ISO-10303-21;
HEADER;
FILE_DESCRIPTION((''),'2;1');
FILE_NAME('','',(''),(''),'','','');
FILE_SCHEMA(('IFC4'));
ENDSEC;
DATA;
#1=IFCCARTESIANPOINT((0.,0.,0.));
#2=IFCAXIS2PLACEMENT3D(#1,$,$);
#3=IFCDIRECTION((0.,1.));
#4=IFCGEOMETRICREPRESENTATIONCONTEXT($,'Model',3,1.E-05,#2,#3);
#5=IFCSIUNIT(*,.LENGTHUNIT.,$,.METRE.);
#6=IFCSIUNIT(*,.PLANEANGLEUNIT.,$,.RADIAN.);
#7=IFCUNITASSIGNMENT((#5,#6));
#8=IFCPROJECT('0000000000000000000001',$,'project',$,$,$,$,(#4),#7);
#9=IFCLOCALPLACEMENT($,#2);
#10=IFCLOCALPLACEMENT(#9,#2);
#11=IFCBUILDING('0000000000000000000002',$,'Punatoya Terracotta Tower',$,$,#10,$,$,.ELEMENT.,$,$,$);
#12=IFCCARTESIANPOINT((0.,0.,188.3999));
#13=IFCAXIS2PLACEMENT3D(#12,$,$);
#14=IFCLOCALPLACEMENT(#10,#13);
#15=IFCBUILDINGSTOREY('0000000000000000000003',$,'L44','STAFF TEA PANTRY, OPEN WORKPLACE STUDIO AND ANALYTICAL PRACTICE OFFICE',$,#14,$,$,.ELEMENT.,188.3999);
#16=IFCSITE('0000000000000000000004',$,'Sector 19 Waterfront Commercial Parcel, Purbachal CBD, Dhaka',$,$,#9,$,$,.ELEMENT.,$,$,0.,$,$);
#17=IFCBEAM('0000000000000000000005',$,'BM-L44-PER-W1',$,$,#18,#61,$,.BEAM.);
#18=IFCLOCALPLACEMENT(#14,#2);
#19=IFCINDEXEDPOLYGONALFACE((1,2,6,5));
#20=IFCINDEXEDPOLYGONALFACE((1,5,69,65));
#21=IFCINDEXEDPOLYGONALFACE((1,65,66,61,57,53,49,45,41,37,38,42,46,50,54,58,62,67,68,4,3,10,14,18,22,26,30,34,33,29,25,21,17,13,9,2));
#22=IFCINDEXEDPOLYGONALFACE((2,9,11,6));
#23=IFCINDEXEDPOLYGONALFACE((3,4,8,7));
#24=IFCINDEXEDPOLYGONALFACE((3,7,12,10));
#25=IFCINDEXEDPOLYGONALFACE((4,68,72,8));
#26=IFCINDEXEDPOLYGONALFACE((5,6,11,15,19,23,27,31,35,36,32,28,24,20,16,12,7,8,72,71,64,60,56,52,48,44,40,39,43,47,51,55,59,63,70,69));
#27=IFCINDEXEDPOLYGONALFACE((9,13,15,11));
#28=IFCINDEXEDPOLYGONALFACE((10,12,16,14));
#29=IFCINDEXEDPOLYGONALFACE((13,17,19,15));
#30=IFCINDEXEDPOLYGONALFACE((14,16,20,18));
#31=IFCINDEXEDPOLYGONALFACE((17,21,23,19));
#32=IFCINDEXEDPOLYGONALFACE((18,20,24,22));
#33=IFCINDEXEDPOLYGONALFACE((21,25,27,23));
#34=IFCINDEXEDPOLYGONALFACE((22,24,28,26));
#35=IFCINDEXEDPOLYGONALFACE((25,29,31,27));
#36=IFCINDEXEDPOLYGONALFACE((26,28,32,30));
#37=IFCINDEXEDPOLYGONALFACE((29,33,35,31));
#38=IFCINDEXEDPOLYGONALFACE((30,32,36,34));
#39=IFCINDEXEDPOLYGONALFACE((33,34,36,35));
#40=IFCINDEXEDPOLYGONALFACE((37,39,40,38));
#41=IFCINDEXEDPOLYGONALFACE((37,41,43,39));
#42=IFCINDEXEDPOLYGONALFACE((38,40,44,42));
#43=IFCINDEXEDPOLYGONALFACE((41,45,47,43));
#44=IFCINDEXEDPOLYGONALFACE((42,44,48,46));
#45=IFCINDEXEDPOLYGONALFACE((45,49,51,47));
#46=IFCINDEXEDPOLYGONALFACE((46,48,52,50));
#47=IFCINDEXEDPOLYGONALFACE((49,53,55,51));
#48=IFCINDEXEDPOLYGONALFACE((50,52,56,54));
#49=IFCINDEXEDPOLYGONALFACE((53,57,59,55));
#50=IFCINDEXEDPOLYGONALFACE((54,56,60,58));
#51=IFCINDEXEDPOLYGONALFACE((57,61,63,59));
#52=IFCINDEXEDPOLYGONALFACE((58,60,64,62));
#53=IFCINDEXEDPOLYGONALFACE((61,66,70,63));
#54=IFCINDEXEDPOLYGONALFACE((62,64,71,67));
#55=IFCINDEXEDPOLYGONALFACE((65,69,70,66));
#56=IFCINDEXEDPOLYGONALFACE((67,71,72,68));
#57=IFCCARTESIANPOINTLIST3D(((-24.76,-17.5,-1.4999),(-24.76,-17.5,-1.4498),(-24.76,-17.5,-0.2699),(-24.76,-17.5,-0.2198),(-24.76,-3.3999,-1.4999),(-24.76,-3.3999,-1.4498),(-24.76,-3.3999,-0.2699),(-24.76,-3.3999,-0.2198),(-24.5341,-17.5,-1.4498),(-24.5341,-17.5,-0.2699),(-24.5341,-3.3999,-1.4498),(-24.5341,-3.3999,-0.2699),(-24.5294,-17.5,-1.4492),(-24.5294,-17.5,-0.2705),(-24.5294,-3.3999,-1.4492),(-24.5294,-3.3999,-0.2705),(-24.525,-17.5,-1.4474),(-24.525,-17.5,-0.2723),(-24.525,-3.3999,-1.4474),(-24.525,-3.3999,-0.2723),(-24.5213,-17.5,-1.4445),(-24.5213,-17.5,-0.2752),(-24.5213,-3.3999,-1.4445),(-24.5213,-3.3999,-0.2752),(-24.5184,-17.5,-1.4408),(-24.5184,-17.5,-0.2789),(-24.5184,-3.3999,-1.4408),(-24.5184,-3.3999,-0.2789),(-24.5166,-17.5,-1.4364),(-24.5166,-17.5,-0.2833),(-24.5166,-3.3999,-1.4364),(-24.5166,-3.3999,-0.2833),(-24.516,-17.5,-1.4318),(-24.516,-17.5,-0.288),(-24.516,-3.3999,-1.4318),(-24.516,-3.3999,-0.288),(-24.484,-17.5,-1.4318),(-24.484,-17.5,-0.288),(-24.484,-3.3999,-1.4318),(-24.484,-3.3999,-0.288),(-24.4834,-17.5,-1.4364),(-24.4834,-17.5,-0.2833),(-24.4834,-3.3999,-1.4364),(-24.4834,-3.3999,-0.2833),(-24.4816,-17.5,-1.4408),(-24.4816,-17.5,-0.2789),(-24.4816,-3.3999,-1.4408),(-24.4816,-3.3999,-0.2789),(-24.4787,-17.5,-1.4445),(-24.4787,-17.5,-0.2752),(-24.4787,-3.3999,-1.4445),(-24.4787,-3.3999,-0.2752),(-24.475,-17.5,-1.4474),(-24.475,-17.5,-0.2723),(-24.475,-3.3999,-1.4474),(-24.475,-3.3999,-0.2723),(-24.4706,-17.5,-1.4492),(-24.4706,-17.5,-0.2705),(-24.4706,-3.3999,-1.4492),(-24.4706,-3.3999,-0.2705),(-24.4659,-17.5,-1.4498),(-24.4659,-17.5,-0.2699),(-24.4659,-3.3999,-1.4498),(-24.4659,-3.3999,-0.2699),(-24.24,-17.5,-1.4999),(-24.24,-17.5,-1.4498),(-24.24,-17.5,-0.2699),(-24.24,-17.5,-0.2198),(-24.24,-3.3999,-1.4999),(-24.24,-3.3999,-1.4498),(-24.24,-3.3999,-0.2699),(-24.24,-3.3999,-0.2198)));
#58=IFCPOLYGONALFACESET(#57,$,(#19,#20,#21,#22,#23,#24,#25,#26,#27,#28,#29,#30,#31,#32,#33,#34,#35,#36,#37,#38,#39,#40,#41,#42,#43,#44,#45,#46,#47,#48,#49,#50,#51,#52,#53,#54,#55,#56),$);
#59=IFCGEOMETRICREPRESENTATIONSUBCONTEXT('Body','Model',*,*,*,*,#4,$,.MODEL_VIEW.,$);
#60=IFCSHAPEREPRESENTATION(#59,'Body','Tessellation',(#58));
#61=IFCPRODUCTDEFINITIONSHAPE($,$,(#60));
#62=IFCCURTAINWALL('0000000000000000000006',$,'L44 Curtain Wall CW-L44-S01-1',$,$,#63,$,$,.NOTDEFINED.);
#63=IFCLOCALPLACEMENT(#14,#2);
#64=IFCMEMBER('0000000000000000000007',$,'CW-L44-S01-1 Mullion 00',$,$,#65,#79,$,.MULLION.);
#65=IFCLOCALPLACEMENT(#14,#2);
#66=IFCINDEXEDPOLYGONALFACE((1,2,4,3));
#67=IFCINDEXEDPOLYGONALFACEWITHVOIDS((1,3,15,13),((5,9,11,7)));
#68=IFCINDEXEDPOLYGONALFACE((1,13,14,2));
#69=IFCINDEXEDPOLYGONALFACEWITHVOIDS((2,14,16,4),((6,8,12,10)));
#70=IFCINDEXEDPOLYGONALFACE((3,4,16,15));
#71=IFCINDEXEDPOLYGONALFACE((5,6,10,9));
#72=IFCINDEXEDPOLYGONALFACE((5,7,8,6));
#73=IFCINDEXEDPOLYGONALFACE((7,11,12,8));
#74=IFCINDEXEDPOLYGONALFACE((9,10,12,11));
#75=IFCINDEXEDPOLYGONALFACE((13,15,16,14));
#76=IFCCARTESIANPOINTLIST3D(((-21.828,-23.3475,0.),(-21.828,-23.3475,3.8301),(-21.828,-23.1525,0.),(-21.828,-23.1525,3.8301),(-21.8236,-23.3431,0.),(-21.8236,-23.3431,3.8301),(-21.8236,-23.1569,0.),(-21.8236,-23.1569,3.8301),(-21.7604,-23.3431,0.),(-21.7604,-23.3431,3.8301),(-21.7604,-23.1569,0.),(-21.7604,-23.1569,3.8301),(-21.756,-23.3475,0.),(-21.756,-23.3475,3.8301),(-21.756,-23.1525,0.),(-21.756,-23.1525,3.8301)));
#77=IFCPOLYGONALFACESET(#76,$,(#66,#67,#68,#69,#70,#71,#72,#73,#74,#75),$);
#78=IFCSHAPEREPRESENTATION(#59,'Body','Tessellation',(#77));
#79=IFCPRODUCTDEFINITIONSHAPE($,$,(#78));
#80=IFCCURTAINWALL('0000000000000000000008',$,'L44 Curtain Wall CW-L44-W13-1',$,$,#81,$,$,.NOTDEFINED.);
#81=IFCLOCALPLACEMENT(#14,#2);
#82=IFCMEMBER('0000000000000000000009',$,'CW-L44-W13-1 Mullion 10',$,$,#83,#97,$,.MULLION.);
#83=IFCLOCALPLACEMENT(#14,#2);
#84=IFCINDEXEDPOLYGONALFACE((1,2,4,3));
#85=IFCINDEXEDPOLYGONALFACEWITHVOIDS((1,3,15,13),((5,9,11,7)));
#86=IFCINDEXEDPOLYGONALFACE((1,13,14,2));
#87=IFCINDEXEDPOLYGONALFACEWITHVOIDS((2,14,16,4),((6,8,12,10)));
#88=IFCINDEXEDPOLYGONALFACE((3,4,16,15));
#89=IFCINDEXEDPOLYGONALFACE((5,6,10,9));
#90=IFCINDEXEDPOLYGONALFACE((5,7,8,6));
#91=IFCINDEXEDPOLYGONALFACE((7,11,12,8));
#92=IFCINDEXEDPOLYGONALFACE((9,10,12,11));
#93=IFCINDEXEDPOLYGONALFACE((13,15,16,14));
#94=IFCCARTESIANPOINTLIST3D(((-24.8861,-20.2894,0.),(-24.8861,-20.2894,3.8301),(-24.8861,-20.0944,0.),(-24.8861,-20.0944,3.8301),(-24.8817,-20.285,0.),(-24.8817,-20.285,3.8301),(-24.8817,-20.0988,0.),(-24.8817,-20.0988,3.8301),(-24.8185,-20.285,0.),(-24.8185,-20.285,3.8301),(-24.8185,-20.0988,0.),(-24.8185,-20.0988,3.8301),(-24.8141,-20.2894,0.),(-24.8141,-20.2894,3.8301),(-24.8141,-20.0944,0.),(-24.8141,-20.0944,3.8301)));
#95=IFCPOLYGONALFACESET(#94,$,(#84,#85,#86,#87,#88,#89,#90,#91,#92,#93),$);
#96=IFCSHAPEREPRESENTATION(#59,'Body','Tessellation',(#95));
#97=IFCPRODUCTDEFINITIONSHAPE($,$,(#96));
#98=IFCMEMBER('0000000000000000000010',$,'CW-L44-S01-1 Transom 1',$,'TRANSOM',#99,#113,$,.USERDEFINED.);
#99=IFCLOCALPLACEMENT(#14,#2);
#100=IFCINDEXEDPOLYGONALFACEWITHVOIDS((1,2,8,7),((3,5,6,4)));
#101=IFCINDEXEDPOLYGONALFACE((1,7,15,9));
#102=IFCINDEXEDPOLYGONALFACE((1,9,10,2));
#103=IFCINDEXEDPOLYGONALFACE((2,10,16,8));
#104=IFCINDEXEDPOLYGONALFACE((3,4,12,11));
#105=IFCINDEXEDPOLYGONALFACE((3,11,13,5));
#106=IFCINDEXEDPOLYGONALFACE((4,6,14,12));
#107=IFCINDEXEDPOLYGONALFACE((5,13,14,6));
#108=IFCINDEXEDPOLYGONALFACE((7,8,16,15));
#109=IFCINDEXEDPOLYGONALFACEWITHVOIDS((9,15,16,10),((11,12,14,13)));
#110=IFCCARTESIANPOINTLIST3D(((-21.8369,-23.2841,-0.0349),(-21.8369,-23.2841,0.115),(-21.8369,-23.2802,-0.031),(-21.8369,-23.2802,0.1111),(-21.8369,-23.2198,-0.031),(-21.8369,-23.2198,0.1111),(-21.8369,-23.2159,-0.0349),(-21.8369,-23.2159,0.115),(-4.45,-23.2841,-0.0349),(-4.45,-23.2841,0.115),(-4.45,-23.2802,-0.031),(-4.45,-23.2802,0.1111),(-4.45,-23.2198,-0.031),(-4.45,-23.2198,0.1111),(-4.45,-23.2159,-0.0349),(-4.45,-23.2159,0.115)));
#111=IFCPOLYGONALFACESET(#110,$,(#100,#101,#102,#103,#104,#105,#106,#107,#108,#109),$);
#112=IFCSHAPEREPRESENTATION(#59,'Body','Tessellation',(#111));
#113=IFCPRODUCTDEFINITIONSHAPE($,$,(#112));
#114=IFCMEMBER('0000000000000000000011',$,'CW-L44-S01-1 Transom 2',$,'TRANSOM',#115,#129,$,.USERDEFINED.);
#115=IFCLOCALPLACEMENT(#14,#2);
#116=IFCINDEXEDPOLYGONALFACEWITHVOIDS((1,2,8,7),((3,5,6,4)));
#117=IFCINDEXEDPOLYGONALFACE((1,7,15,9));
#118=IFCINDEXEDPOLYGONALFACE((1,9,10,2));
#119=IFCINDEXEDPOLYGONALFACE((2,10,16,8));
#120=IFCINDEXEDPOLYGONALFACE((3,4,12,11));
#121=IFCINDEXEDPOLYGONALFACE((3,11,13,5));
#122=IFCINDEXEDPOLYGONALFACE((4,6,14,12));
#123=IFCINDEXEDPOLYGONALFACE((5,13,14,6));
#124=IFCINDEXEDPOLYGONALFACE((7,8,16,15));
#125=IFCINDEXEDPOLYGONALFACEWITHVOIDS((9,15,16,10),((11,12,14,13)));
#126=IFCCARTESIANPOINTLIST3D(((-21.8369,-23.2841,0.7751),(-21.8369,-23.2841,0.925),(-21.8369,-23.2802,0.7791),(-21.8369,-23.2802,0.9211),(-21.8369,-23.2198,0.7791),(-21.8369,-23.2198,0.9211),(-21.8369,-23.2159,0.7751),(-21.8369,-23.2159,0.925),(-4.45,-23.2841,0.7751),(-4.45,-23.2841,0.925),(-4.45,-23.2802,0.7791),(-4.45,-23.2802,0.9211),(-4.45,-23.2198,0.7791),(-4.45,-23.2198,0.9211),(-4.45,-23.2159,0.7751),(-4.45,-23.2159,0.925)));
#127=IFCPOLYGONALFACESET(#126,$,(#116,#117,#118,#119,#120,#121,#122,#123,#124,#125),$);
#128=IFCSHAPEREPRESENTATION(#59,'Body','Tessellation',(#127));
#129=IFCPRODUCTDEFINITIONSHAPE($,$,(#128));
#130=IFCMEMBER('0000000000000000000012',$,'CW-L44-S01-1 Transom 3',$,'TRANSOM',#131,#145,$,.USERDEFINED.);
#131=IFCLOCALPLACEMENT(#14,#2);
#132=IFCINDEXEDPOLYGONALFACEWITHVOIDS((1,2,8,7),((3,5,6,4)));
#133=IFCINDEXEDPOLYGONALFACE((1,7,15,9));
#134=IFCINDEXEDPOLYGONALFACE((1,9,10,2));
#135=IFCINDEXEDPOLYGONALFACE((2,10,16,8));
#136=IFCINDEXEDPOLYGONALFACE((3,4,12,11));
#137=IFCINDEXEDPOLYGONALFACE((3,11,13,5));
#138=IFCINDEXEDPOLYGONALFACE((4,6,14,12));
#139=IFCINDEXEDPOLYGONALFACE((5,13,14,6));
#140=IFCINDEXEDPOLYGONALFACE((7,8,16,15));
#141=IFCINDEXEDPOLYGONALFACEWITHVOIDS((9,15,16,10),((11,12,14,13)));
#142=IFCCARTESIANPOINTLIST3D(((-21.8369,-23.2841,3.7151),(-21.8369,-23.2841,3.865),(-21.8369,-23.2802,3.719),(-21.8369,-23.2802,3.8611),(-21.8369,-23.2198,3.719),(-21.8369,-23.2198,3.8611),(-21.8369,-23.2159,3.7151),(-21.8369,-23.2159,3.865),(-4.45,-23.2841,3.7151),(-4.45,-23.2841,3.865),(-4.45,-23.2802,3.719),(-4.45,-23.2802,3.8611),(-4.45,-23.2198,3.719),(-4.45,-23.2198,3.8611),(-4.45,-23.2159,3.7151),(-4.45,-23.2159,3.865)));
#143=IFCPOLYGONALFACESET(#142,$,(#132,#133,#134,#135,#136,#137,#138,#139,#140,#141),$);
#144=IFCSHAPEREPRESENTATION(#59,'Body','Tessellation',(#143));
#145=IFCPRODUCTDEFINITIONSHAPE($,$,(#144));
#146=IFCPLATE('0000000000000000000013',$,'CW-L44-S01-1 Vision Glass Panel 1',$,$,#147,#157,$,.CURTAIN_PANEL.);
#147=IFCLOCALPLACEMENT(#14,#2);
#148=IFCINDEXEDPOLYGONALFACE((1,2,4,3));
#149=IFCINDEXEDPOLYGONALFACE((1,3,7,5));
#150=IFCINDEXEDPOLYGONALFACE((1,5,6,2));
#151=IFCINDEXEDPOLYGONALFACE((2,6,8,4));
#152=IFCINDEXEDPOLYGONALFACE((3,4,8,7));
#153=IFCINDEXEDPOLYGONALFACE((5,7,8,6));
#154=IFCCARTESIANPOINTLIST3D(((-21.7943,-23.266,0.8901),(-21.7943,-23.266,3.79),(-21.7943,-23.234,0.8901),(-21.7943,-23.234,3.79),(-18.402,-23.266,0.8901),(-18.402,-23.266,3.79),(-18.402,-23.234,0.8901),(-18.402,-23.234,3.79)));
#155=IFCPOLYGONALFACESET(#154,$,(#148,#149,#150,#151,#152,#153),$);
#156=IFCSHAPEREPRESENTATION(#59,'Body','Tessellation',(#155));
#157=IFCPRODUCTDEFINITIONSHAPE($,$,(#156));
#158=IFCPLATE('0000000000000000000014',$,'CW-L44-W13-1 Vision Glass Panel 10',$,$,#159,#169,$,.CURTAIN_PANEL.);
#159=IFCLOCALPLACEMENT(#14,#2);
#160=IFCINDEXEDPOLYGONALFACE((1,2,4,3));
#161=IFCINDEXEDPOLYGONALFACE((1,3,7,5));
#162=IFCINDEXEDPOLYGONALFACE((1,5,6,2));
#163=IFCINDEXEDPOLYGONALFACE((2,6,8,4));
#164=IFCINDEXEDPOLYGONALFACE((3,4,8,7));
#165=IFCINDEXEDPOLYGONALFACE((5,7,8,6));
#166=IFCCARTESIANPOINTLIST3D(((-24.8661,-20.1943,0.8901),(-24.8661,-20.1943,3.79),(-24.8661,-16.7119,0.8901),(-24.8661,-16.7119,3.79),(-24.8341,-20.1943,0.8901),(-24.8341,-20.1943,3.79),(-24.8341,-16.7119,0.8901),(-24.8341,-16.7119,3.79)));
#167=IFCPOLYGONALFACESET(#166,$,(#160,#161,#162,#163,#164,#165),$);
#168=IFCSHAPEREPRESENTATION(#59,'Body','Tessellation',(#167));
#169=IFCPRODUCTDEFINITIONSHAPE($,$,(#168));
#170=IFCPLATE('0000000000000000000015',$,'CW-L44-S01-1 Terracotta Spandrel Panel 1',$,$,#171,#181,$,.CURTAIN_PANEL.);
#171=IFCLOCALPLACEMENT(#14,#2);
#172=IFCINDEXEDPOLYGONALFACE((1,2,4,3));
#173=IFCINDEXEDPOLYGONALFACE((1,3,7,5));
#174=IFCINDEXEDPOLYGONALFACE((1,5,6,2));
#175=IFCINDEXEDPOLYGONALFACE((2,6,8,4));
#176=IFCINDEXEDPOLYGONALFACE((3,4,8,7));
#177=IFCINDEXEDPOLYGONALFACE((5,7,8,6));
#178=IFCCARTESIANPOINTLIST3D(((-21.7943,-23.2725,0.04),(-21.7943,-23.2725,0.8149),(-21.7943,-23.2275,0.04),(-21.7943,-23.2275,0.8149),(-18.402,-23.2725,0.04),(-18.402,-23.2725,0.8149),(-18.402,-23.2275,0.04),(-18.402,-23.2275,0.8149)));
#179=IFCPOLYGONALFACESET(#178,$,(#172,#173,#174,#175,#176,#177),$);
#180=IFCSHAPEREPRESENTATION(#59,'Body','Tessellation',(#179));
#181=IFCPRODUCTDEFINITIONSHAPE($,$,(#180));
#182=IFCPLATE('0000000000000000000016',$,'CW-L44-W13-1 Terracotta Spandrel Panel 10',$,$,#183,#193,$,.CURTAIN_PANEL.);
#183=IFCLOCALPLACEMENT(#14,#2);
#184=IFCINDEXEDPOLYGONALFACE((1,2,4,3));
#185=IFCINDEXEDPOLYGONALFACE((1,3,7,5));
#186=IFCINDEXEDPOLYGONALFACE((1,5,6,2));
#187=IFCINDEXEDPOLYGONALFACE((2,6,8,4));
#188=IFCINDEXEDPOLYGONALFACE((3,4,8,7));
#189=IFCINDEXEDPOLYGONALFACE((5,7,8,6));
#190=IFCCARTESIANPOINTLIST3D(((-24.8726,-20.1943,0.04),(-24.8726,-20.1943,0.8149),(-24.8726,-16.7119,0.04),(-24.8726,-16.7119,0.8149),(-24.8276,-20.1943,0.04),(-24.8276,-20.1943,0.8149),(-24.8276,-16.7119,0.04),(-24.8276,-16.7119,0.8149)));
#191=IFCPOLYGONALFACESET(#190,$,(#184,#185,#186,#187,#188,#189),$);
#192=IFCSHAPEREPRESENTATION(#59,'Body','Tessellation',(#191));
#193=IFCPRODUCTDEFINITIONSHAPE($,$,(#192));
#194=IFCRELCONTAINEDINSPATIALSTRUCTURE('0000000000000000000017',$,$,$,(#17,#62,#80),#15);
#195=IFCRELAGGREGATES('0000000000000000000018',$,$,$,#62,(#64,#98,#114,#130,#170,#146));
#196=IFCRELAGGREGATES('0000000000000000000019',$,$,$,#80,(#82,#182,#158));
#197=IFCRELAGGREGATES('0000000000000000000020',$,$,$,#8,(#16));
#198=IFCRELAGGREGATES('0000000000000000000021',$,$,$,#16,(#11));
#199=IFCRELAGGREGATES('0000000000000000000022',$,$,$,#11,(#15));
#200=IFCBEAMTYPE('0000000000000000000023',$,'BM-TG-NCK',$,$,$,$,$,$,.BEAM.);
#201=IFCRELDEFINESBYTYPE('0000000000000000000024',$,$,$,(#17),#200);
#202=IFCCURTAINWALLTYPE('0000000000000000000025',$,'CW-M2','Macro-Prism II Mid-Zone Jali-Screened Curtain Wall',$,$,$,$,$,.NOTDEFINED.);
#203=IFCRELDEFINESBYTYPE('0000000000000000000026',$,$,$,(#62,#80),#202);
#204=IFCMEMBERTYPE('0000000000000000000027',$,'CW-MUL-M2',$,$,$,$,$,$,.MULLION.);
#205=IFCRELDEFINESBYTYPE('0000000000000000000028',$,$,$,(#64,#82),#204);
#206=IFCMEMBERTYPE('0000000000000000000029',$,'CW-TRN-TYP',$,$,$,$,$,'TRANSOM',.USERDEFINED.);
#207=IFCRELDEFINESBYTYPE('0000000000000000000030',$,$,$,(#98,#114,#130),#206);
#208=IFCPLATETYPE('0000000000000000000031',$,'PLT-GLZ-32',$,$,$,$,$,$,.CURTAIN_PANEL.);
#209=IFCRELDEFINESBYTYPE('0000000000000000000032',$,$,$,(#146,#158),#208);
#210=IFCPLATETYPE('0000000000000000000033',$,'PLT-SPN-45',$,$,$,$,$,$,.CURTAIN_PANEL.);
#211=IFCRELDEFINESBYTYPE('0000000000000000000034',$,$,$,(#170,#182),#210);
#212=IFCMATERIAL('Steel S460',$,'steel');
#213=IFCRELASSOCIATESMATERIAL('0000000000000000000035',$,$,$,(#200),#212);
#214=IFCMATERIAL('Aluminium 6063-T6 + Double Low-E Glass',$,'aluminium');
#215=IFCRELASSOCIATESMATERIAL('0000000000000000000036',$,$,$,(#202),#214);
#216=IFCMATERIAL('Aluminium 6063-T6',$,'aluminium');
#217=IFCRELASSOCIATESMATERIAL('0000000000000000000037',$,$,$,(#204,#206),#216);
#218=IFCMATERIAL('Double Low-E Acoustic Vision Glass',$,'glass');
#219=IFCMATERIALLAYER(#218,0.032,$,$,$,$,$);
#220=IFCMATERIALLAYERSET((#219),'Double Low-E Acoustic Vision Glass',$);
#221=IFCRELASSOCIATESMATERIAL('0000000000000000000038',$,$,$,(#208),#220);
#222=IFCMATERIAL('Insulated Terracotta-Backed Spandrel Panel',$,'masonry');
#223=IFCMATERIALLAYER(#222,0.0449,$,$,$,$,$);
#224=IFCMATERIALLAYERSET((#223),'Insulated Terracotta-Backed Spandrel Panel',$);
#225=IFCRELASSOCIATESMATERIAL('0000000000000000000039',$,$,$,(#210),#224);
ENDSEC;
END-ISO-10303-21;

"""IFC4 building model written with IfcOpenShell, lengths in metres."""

from ifc_helpers import new_model, si_unit, direction, frame, origin, origin_2d, place, context, subcontext, project, spatial, rectangle, hollow_rectangle, i_section, extrude, material, layer, layer_set, material_profile, profile_set, type_object, element, aggregate, save


model = new_model("IFC4")

# Units and contexts
model_context = context("Model", 3, precision=1e-05, world=origin(), true_north=direction((0.0, 1.0)))
body_context = subcontext(model_context, "Body", "Model", "MODEL_VIEW")
ifc_project = project(units=[si_unit("LENGTHUNIT", "METRE"), si_unit("PLANEANGLEUNIT", "RADIAN")], contexts=[model_context])

# Site, building, storey
site_placement = place(None, origin())
site = spatial("IfcSite", under=ifc_project, at=site_placement, Name="Sector 19 Waterfront Commercial Parcel, Purbachal CBD, Dhaka", CompositionType="ELEMENT", RefElevation=0.0)
building_placement = place(site_placement, origin())
building = spatial("IfcBuilding", under=site, at=building_placement, Name="Punatoya Terracotta Tower", CompositionType="ELEMENT")
storey_placement = place(building_placement, frame((0.0, 0.0, 188.3999)))
storey = spatial("IfcBuildingStorey", under=building, at=storey_placement, Name="L44", Description="STAFF TEA PANTRY, OPEN WORKPLACE STUDIO AND ANALYTICAL PRACTICE OFFICE", CompositionType="ELEMENT", Elevation=188.3999)

# Shared definitions
ifc_material_1 = material(Name="Steel S460", Category="steel")

# Beam
ifc_material_profile_1 = material_profile(ifc_material_1, i_section(OverallWidth=0.52, OverallDepth=1.28, WebThickness=0.032, FlangeThickness=0.05, FilletRadius=0.0181, at=origin_2d()))
ifc_profile_set_1 = profile_set([ifc_material_profile_1], Name="Steel S460")
beam_type_1 = type_object("IfcBeamType", Name="BM-TG-NCK", PredefinedType="BEAM", material=ifc_profile_set_1)
beam_1_placement = place(storey_placement, frame((-24.5, -17.5, -0.8599), z_axis=(0.0, 1.0, 0.0), x_axis=(-1.0, 0.0, 0.0)))
element("IfcBeam", 1, at=beam_1_placement, inside=storey, type_object=beam_type_1, Name="BM-L44-PER-W1", PredefinedType="BEAM", context=body_context, shape_type="SweptSolid", body=[
    extrude(i_section(OverallWidth=0.52, OverallDepth=1.28, WebThickness=0.032, FlangeThickness=0.05, FilletRadius=0.0181, at=origin_2d()), origin(), (0.0, 0.0, 1.0), 14.1001),
])

# Curtain walls, members
ifc_material_2 = material(Name="Aluminium 6063-T6 + Double Low-E Glass", Category="aluminium")
curtain_wall_type = type_object("IfcCurtainWallType", Name="CW-M2", Description="Macro-Prism II Mid-Zone Jali-Screened Curtain Wall", PredefinedType="NOTDEFINED", material=ifc_material_2)
curtain_wall_1_placement = place(storey_placement, origin())
curtain_wall_1 = element("IfcCurtainWall", 2, at=curtain_wall_1_placement, inside=storey, type_object=curtain_wall_type, Name="L44 Curtain Wall CW-L44-S01-1", PredefinedType="NOTDEFINED")
ifc_material_3 = material(Name="Aluminium 6063-T6", Category="aluminium")
ifc_material_profile_2 = material_profile(ifc_material_3, hollow_rectangle(XDim=0.072, YDim=0.1951, WallThickness=0.0044, at=origin_2d()))
ifc_profile_set_2 = profile_set([ifc_material_profile_2], Name="Aluminium 6063-T6")
member_type_1 = type_object("IfcMemberType", Name="CW-MUL-M2", PredefinedType="MULLION", material=ifc_profile_set_2)
member_1_placement = place(storey_placement, frame((-21.792, -23.25, 0.0), z_axis=(0.0, 0.0, 1.0), x_axis=(1.0, 0.0, 0.0)))
member_1 = element("IfcMember", 3, at=member_1_placement, type_object=member_type_1, Name="CW-L44-S01-1 Mullion 00", PredefinedType="MULLION", context=body_context, shape_type="SweptSolid", body=[
    extrude(hollow_rectangle(XDim=0.072, YDim=0.1951, WallThickness=0.0044, at=origin_2d()), origin(), (0.0, 0.0, 1.0), 3.8301),
])
curtain_wall_2_placement = place(storey_placement, origin())
curtain_wall_2 = element("IfcCurtainWall", 4, at=curtain_wall_2_placement, inside=storey, type_object=curtain_wall_type, Name="L44 Curtain Wall CW-L44-W13-1", PredefinedType="NOTDEFINED")
member_2_placement = place(storey_placement, frame((-24.8501, -20.1919, 0.0), z_axis=(0.0, 0.0, 1.0), x_axis=(1.0, 0.0, 0.0)))
member_2 = element("IfcMember", 5, at=member_2_placement, type_object=member_type_1, Name="CW-L44-W13-1 Mullion 10", PredefinedType="MULLION", context=body_context, shape_type="SweptSolid", body=[
    extrude(hollow_rectangle(XDim=0.072, YDim=0.1951, WallThickness=0.0044, at=origin_2d()), origin(), (0.0, 0.0, 1.0), 3.8301),
])

# Members
ifc_material_profile_3 = material_profile(ifc_material_3, hollow_rectangle(XDim=0.0681, YDim=0.1499, WallThickness=0.0039, at=origin_2d()))
ifc_profile_set_3 = profile_set([ifc_material_profile_3], Name="Aluminium 6063-T6")
member_type_2 = type_object("IfcMemberType", Name="CW-TRN-TYP", ElementType="TRANSOM", PredefinedType="USERDEFINED", material=ifc_profile_set_3)
member_3_placement = place(storey_placement, frame((-21.8369, -23.25, 0.04), z_axis=(1.0, 0.0, 0.0), x_axis=(0.0, 1.0, 0.0)))
member_3 = element("IfcMember", 6, at=member_3_placement, type_object=member_type_2, Name="CW-L44-S01-1 Transom 1", ObjectType="TRANSOM", PredefinedType="USERDEFINED", context=body_context, shape_type="SweptSolid", body=[
    extrude(hollow_rectangle(XDim=0.0681, YDim=0.1499, WallThickness=0.0039, at=origin_2d()), origin(), (0.0, 0.0, 1.0), 17.387),
])
member_4_placement = place(storey_placement, frame((-21.8369, -23.25, 0.8501), z_axis=(1.0, 0.0, 0.0), x_axis=(0.0, 1.0, 0.0)))
member_4 = element("IfcMember", 7, at=member_4_placement, type_object=member_type_2, Name="CW-L44-S01-1 Transom 2", ObjectType="TRANSOM", PredefinedType="USERDEFINED", context=body_context, shape_type="SweptSolid", body=[
    extrude(hollow_rectangle(XDim=0.0681, YDim=0.1499, WallThickness=0.0039, at=origin_2d()), origin(), (0.0, 0.0, 1.0), 17.387),
])
member_5_placement = place(storey_placement, frame((-21.8369, -23.25, 3.79), z_axis=(1.0, 0.0, 0.0), x_axis=(0.0, 1.0, 0.0)))
member_5 = element("IfcMember", 8, at=member_5_placement, type_object=member_type_2, Name="CW-L44-S01-1 Transom 3", ObjectType="TRANSOM", PredefinedType="USERDEFINED", context=body_context, shape_type="SweptSolid", body=[
    extrude(hollow_rectangle(XDim=0.0681, YDim=0.1499, WallThickness=0.0039, at=origin_2d()), origin(), (0.0, 0.0, 1.0), 17.387),
])

# Plates
ifc_material_4 = material(Name="Double Low-E Acoustic Vision Glass", Category="glass")
ifc_layer_1 = layer(ifc_material_4, 0.032)
ifc_layer_set_1 = layer_set([ifc_layer_1], Name="Double Low-E Acoustic Vision Glass")
plate_type_1 = type_object("IfcPlateType", Name="PLT-GLZ-32", PredefinedType="CURTAIN_PANEL", material=ifc_layer_set_1)
plate_1_placement = place(storey_placement, frame((-20.0981, -23.25, 0.8901), z_axis=(0.0, 0.0, 1.0), x_axis=(1.0, 0.0, 0.0)))
plate_1 = element("IfcPlate", 9, at=plate_1_placement, type_object=plate_type_1, Name="CW-L44-S01-1 Vision Glass Panel 1", PredefinedType="CURTAIN_PANEL", context=body_context, shape_type="SweptSolid", body=[
    extrude(rectangle(XDim=3.3923, YDim=0.032, at=origin_2d()), origin(), (0.0, 0.0, 1.0), 2.8999),
])
plate_2_placement = place(storey_placement, frame((-24.8501, -18.4531, 0.8901), z_axis=(0.0, 0.0, 1.0), x_axis=(0.0, -1.0, 0.0)))
plate_2 = element("IfcPlate", 10, at=plate_2_placement, type_object=plate_type_1, Name="CW-L44-W13-1 Vision Glass Panel 10", PredefinedType="CURTAIN_PANEL", context=body_context, shape_type="SweptSolid", body=[
    extrude(rectangle(XDim=3.4824, YDim=0.032, at=origin_2d()), origin(), (0.0, 0.0, 1.0), 2.8999),
])
ifc_material_5 = material(Name="Insulated Terracotta-Backed Spandrel Panel", Category="masonry")
ifc_layer_2 = layer(ifc_material_5, 0.0449)
ifc_layer_set_2 = layer_set([ifc_layer_2], Name="Insulated Terracotta-Backed Spandrel Panel")
plate_type_2 = type_object("IfcPlateType", Name="PLT-SPN-45", PredefinedType="CURTAIN_PANEL", material=ifc_layer_set_2)
plate_3_placement = place(storey_placement, frame((-20.0981, -23.25, 0.04), z_axis=(0.0, 0.0, 1.0), x_axis=(1.0, 0.0, 0.0)))
plate_3 = element("IfcPlate", 11, at=plate_3_placement, type_object=plate_type_2, Name="CW-L44-S01-1 Terracotta Spandrel Panel 1", PredefinedType="CURTAIN_PANEL", context=body_context, shape_type="SweptSolid", body=[
    extrude(rectangle(XDim=3.3923, YDim=0.0449, at=origin_2d()), origin(), (0.0, 0.0, 1.0), 0.7749),
])
aggregate(curtain_wall_1, [member_1, member_3, member_4, member_5, plate_3, plate_1])
plate_4_placement = place(storey_placement, frame((-24.8501, -18.4531, 0.04), z_axis=(0.0, 0.0, 1.0), x_axis=(0.0, -1.0, 0.0)))
plate_4 = element("IfcPlate", 12, at=plate_4_placement, type_object=plate_type_2, Name="CW-L44-W13-1 Terracotta Spandrel Panel 10", PredefinedType="CURTAIN_PANEL", context=body_context, shape_type="SweptSolid", body=[
    extrude(rectangle(XDim=3.4824, YDim=0.0449, at=origin_2d()), origin(), (0.0, 0.0, 1.0), 0.7749),
])
aggregate(curtain_wall_2, [member_2, plate_4, plate_2])

save(model, "model.ifc")
